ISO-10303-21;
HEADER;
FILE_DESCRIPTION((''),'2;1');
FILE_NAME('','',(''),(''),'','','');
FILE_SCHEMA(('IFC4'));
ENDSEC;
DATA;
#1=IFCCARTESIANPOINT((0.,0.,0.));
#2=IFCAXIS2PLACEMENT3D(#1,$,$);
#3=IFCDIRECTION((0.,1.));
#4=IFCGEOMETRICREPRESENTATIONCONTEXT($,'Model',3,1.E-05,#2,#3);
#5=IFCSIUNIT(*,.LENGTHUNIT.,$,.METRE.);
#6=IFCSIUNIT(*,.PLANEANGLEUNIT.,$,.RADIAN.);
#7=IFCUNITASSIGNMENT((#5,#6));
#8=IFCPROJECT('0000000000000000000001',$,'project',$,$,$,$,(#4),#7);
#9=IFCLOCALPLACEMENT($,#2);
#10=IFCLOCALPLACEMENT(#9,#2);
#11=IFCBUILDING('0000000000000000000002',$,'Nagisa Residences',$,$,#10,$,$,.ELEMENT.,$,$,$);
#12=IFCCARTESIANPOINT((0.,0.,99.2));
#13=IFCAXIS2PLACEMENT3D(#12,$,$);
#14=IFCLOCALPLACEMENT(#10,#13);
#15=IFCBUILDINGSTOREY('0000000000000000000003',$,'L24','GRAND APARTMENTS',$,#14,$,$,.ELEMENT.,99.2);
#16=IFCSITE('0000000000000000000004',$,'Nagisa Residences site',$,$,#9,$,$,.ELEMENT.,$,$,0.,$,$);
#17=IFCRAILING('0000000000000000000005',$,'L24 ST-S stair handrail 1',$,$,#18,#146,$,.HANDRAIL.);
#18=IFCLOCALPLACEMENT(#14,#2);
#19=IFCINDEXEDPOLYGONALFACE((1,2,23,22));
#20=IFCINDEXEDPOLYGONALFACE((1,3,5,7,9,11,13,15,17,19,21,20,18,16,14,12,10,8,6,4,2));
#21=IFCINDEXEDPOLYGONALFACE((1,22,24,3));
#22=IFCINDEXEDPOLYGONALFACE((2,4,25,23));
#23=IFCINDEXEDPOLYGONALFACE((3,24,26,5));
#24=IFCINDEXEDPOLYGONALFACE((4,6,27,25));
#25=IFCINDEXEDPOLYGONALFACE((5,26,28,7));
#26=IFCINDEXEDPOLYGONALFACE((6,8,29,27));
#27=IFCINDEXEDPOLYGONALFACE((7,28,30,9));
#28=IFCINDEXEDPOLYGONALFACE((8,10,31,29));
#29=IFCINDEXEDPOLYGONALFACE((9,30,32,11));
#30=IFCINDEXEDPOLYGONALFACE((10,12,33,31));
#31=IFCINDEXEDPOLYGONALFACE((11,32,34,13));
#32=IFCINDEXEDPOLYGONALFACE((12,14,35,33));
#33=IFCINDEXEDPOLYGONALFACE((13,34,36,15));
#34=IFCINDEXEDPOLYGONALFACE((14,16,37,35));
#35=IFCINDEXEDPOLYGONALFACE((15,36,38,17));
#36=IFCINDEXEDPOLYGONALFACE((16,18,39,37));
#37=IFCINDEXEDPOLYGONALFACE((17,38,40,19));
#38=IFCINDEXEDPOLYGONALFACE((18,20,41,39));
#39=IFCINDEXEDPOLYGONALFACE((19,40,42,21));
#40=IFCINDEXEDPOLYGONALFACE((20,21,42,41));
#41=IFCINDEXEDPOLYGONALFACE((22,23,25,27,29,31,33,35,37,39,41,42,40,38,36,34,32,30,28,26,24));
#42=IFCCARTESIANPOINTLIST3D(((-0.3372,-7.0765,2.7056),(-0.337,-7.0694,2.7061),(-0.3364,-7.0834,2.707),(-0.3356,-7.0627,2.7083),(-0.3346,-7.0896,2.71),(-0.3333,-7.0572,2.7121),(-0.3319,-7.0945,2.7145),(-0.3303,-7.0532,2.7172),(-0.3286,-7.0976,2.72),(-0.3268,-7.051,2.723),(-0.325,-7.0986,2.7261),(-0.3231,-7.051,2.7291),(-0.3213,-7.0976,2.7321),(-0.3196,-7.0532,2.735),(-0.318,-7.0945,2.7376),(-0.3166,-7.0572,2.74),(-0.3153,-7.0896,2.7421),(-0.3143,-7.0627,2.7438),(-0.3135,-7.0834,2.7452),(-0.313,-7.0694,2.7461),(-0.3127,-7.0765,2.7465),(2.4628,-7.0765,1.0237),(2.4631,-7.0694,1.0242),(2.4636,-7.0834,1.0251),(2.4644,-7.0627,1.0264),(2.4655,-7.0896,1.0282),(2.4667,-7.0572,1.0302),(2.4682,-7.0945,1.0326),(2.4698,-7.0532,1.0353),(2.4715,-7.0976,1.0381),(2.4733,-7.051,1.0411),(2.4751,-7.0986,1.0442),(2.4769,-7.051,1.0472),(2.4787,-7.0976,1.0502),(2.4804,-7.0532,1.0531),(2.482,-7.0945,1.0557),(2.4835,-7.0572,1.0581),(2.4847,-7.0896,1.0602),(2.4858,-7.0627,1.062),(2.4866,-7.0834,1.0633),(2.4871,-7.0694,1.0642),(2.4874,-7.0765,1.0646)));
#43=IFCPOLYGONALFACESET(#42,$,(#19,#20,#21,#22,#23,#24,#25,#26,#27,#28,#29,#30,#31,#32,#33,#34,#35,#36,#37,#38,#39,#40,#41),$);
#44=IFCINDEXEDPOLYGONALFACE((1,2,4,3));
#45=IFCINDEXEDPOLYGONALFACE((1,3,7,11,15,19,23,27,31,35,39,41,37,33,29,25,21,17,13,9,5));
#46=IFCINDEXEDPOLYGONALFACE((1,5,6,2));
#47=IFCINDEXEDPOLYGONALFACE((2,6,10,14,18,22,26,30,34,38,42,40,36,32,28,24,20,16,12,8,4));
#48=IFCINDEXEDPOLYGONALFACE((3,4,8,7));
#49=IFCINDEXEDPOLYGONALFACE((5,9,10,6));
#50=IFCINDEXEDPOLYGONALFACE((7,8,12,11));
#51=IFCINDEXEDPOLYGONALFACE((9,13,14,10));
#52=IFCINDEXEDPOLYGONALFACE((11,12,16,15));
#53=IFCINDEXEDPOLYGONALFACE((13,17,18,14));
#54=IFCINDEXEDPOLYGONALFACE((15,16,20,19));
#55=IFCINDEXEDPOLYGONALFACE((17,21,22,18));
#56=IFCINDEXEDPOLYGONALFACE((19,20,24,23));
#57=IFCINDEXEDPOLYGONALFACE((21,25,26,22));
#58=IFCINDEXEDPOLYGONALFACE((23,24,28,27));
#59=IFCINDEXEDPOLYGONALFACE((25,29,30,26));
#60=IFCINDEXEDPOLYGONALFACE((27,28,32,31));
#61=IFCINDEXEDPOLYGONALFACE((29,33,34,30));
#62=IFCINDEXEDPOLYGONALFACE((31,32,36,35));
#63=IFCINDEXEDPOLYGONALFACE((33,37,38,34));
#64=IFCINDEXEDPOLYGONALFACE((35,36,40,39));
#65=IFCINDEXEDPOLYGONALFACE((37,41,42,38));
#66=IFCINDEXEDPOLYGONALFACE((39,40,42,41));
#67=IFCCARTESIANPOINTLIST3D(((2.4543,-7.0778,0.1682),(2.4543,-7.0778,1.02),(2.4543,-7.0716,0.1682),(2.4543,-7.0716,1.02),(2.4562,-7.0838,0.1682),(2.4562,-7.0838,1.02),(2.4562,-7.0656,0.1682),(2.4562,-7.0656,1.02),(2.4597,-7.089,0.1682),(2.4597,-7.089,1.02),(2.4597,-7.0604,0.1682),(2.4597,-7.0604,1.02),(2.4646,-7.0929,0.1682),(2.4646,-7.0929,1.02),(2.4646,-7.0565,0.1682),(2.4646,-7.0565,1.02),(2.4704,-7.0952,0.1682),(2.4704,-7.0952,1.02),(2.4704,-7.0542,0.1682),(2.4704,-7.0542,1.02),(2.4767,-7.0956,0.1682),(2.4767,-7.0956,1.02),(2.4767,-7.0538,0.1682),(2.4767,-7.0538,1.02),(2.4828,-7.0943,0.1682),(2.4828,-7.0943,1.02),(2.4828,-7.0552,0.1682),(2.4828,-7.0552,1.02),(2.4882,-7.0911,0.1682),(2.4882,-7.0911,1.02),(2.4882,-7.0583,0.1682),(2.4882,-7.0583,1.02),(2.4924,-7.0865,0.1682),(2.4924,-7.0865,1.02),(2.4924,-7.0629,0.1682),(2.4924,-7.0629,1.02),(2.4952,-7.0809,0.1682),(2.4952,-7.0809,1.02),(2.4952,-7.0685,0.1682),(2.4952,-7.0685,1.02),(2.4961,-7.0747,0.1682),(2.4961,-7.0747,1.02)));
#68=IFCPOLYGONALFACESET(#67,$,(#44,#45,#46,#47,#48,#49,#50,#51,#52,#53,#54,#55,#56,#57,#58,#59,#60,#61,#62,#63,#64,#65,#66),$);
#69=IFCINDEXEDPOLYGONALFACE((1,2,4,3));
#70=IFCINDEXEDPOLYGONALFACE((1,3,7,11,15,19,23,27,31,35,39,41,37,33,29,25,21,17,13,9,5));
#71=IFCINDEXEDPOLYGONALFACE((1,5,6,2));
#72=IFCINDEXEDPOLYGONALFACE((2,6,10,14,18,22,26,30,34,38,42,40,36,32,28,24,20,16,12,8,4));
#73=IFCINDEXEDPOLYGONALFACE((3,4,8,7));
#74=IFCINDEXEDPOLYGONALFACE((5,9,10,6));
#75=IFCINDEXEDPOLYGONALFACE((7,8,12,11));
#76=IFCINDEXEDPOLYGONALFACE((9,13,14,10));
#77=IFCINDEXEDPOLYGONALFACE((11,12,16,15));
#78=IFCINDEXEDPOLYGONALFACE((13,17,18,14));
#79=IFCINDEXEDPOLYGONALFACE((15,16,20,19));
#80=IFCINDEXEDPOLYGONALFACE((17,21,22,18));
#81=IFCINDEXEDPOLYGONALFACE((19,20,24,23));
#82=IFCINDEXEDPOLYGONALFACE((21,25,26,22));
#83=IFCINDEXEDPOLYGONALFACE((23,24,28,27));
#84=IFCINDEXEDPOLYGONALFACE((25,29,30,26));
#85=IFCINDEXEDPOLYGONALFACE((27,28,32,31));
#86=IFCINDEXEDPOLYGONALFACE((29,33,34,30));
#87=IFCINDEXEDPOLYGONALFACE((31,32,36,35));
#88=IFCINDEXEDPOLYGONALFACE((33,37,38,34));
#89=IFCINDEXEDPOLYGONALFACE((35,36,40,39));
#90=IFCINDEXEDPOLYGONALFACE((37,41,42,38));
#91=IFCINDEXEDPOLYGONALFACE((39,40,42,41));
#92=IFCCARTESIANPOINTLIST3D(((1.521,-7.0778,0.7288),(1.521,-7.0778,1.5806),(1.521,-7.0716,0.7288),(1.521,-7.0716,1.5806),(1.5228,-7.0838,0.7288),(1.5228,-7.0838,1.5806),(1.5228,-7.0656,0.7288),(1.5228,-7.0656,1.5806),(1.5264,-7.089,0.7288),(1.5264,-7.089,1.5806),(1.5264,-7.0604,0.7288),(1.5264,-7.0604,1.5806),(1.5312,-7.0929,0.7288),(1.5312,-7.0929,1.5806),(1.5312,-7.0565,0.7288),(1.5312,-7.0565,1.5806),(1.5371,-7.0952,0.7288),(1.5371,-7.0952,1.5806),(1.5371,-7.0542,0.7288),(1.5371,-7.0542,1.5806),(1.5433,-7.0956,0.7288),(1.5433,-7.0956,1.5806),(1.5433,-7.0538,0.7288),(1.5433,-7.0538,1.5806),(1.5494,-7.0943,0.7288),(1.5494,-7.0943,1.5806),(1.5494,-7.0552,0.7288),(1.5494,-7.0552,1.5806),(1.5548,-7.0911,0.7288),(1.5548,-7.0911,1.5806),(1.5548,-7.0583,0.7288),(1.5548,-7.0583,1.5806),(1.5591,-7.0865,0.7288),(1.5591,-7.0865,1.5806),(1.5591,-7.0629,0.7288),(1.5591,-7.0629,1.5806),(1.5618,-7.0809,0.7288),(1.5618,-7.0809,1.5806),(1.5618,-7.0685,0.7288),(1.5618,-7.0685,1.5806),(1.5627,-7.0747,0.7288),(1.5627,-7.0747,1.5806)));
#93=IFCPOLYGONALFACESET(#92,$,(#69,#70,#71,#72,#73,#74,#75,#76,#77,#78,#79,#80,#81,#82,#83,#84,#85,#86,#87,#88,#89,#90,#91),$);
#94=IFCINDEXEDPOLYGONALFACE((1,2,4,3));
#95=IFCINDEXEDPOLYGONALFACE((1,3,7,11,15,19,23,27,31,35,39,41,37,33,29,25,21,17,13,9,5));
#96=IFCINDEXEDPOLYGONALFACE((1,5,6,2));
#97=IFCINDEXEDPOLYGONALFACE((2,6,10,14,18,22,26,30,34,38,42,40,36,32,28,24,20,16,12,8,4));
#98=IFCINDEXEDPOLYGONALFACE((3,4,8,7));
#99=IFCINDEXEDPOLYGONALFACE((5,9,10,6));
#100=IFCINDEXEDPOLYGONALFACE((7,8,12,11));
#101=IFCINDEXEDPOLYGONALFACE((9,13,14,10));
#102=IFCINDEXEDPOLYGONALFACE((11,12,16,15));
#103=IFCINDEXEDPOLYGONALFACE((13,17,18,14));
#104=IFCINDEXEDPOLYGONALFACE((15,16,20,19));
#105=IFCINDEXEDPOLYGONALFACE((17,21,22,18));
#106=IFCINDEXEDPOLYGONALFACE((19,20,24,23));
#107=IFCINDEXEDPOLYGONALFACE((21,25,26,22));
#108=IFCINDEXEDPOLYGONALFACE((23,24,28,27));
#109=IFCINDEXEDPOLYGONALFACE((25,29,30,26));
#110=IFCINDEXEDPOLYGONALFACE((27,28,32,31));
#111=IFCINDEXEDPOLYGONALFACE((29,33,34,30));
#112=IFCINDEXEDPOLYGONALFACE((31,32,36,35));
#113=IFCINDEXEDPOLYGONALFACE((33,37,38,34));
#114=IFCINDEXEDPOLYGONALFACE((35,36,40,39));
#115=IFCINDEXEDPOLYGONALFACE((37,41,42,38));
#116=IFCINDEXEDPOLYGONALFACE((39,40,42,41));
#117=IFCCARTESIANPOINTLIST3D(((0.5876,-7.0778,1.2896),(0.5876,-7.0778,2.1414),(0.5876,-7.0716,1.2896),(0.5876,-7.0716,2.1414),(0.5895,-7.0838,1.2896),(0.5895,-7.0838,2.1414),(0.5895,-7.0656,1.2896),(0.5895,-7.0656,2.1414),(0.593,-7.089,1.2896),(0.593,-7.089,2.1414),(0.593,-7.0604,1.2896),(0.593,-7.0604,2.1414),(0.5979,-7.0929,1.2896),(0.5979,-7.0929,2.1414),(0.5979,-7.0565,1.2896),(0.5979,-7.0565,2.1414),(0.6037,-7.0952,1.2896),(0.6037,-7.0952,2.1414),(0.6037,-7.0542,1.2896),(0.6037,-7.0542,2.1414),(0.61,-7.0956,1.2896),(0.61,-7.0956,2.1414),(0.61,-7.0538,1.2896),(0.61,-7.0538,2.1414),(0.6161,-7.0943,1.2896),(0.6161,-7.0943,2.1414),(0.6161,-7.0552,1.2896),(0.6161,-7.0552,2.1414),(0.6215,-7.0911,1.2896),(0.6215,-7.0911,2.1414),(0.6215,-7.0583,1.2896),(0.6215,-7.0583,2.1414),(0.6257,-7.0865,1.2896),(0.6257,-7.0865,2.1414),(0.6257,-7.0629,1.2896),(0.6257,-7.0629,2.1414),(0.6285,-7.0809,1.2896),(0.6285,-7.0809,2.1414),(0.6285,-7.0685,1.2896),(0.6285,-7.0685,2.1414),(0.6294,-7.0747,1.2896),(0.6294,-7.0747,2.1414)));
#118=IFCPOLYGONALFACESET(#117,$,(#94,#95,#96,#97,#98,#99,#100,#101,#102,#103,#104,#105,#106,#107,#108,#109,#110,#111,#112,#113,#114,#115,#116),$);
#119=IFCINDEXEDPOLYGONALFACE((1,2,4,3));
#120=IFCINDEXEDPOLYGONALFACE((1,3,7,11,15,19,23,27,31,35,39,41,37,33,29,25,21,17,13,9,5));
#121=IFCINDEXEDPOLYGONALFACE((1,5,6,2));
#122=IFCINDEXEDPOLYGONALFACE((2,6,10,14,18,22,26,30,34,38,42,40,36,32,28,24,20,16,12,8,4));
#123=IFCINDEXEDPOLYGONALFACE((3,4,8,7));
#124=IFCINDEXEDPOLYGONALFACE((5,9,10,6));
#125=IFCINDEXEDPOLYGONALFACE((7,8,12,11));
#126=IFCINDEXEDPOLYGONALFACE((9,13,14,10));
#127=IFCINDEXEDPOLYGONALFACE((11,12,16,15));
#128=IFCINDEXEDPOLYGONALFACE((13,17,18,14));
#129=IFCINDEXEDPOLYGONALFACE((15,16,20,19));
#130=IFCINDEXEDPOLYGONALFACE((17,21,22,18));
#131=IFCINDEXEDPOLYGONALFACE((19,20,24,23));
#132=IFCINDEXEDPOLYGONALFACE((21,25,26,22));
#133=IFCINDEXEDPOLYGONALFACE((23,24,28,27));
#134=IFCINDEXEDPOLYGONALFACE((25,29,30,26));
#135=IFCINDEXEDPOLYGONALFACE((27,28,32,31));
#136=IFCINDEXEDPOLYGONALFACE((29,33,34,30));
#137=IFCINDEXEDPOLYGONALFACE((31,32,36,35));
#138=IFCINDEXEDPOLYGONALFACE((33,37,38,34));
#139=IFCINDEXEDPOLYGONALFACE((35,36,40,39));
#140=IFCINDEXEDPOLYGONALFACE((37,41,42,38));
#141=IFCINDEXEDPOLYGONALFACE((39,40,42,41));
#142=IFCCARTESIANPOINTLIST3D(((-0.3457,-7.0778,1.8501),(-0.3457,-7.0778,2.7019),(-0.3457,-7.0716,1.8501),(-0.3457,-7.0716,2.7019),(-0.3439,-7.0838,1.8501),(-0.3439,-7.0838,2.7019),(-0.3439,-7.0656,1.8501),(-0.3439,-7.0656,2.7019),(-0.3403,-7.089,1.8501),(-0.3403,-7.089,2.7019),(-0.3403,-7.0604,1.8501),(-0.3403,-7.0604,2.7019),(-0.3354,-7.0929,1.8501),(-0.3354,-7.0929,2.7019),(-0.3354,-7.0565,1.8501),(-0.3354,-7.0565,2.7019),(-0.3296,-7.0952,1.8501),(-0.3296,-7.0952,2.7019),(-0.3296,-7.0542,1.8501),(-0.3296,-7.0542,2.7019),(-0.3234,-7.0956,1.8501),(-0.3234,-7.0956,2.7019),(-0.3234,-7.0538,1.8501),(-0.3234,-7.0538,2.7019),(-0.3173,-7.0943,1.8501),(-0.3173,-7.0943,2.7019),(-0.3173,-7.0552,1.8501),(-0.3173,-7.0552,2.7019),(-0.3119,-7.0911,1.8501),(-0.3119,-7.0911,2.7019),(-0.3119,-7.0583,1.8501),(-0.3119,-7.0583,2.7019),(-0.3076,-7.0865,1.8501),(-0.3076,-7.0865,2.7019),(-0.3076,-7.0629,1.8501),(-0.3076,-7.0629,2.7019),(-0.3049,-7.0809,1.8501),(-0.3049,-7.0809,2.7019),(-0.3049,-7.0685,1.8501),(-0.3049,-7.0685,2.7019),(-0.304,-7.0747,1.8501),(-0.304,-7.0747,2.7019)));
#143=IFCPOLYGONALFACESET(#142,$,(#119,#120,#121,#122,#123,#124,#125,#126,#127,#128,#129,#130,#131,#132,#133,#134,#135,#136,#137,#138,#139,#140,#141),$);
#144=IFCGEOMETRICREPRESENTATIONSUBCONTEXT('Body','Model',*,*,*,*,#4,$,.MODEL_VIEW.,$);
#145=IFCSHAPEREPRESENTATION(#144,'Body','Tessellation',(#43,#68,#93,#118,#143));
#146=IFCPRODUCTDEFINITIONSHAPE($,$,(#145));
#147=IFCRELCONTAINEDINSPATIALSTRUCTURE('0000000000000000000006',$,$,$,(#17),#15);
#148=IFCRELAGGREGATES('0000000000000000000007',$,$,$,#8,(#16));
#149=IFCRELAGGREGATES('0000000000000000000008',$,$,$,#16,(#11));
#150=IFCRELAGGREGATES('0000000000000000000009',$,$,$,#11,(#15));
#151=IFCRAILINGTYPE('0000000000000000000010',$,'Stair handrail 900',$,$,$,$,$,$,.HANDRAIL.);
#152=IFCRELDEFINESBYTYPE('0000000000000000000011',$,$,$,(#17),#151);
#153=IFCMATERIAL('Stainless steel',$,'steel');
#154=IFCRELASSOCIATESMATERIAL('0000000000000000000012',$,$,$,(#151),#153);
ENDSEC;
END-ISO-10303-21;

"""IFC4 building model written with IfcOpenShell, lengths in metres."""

from ifc_helpers import new_model, si_unit, direction, frame, origin, origin_2d, place, context, subcontext, project, spatial, circle, extrude, material, type_object, element, save


model = new_model("IFC4")

# Units and contexts
model_context = context("Model", 3, precision=1e-05, world=origin(), true_north=direction((0.0, 1.0)))
body_context = subcontext(model_context, "Body", "Model", "MODEL_VIEW")
ifc_project = project(units=[si_unit("LENGTHUNIT", "METRE"), si_unit("PLANEANGLEUNIT", "RADIAN")], contexts=[model_context])

# Site, building, storey
site_placement = place(None, origin())
site = spatial("IfcSite", under=ifc_project, at=site_placement, Name="Nagisa Residences site", CompositionType="ELEMENT", RefElevation=0.0)
building_placement = place(site_placement, origin())
building = spatial("IfcBuilding", under=site, at=building_placement, Name="Nagisa Residences", CompositionType="ELEMENT")
storey_placement = place(building_placement, frame((0.0, 0.0, 99.2)))
storey = spatial("IfcBuildingStorey", under=building, at=storey_placement, Name="L24", Description="GRAND APARTMENTS", CompositionType="ELEMENT", Elevation=99.2)

# Railing
ifc_material_1 = material(Name="Stainless steel", Category="steel")
railing_type_1 = type_object("IfcRailingType", Name="Stair handrail 900", PredefinedType="HANDRAIL", material=ifc_material_1)
railing_1_placement = place(storey_placement, frame((2.4751, -7.0747, 0.1682)))
element("IfcRailing", 1, at=railing_1_placement, inside=storey, type_object=railing_type_1, Name="L24 ST-S stair handrail 1", PredefinedType="HANDRAIL", context=body_context, shape_type="SweptSolid", body=[
    extrude(circle(Radius=0.0239, at=origin_2d()), frame((0.0, 0.0, 0.876), z_axis=(-0.857242, 0.0, 0.514913), x_axis=(0.0, -1.0, 0.0)), (0.0, 0.0, 1.0), 3.2664),
    extrude(circle(Radius=0.021, at=origin_2d()), origin(), (0.0, 0.0, 1.0), 0.8518),
    extrude(circle(Radius=0.021, at=origin_2d()), frame((-0.9333, 0.0, 0.5605)), (0.0, 0.0, 1.0), 0.8518),
    extrude(circle(Radius=0.021, at=origin_2d()), frame((-1.8667, 0.0, 1.1213)), (0.0, 0.0, 1.0), 0.8518),
    extrude(circle(Radius=0.021, at=origin_2d()), frame((-2.8, 0.0, 1.6819)), (0.0, 0.0, 1.0), 0.8518),
])

save(model, "model.ifc")
